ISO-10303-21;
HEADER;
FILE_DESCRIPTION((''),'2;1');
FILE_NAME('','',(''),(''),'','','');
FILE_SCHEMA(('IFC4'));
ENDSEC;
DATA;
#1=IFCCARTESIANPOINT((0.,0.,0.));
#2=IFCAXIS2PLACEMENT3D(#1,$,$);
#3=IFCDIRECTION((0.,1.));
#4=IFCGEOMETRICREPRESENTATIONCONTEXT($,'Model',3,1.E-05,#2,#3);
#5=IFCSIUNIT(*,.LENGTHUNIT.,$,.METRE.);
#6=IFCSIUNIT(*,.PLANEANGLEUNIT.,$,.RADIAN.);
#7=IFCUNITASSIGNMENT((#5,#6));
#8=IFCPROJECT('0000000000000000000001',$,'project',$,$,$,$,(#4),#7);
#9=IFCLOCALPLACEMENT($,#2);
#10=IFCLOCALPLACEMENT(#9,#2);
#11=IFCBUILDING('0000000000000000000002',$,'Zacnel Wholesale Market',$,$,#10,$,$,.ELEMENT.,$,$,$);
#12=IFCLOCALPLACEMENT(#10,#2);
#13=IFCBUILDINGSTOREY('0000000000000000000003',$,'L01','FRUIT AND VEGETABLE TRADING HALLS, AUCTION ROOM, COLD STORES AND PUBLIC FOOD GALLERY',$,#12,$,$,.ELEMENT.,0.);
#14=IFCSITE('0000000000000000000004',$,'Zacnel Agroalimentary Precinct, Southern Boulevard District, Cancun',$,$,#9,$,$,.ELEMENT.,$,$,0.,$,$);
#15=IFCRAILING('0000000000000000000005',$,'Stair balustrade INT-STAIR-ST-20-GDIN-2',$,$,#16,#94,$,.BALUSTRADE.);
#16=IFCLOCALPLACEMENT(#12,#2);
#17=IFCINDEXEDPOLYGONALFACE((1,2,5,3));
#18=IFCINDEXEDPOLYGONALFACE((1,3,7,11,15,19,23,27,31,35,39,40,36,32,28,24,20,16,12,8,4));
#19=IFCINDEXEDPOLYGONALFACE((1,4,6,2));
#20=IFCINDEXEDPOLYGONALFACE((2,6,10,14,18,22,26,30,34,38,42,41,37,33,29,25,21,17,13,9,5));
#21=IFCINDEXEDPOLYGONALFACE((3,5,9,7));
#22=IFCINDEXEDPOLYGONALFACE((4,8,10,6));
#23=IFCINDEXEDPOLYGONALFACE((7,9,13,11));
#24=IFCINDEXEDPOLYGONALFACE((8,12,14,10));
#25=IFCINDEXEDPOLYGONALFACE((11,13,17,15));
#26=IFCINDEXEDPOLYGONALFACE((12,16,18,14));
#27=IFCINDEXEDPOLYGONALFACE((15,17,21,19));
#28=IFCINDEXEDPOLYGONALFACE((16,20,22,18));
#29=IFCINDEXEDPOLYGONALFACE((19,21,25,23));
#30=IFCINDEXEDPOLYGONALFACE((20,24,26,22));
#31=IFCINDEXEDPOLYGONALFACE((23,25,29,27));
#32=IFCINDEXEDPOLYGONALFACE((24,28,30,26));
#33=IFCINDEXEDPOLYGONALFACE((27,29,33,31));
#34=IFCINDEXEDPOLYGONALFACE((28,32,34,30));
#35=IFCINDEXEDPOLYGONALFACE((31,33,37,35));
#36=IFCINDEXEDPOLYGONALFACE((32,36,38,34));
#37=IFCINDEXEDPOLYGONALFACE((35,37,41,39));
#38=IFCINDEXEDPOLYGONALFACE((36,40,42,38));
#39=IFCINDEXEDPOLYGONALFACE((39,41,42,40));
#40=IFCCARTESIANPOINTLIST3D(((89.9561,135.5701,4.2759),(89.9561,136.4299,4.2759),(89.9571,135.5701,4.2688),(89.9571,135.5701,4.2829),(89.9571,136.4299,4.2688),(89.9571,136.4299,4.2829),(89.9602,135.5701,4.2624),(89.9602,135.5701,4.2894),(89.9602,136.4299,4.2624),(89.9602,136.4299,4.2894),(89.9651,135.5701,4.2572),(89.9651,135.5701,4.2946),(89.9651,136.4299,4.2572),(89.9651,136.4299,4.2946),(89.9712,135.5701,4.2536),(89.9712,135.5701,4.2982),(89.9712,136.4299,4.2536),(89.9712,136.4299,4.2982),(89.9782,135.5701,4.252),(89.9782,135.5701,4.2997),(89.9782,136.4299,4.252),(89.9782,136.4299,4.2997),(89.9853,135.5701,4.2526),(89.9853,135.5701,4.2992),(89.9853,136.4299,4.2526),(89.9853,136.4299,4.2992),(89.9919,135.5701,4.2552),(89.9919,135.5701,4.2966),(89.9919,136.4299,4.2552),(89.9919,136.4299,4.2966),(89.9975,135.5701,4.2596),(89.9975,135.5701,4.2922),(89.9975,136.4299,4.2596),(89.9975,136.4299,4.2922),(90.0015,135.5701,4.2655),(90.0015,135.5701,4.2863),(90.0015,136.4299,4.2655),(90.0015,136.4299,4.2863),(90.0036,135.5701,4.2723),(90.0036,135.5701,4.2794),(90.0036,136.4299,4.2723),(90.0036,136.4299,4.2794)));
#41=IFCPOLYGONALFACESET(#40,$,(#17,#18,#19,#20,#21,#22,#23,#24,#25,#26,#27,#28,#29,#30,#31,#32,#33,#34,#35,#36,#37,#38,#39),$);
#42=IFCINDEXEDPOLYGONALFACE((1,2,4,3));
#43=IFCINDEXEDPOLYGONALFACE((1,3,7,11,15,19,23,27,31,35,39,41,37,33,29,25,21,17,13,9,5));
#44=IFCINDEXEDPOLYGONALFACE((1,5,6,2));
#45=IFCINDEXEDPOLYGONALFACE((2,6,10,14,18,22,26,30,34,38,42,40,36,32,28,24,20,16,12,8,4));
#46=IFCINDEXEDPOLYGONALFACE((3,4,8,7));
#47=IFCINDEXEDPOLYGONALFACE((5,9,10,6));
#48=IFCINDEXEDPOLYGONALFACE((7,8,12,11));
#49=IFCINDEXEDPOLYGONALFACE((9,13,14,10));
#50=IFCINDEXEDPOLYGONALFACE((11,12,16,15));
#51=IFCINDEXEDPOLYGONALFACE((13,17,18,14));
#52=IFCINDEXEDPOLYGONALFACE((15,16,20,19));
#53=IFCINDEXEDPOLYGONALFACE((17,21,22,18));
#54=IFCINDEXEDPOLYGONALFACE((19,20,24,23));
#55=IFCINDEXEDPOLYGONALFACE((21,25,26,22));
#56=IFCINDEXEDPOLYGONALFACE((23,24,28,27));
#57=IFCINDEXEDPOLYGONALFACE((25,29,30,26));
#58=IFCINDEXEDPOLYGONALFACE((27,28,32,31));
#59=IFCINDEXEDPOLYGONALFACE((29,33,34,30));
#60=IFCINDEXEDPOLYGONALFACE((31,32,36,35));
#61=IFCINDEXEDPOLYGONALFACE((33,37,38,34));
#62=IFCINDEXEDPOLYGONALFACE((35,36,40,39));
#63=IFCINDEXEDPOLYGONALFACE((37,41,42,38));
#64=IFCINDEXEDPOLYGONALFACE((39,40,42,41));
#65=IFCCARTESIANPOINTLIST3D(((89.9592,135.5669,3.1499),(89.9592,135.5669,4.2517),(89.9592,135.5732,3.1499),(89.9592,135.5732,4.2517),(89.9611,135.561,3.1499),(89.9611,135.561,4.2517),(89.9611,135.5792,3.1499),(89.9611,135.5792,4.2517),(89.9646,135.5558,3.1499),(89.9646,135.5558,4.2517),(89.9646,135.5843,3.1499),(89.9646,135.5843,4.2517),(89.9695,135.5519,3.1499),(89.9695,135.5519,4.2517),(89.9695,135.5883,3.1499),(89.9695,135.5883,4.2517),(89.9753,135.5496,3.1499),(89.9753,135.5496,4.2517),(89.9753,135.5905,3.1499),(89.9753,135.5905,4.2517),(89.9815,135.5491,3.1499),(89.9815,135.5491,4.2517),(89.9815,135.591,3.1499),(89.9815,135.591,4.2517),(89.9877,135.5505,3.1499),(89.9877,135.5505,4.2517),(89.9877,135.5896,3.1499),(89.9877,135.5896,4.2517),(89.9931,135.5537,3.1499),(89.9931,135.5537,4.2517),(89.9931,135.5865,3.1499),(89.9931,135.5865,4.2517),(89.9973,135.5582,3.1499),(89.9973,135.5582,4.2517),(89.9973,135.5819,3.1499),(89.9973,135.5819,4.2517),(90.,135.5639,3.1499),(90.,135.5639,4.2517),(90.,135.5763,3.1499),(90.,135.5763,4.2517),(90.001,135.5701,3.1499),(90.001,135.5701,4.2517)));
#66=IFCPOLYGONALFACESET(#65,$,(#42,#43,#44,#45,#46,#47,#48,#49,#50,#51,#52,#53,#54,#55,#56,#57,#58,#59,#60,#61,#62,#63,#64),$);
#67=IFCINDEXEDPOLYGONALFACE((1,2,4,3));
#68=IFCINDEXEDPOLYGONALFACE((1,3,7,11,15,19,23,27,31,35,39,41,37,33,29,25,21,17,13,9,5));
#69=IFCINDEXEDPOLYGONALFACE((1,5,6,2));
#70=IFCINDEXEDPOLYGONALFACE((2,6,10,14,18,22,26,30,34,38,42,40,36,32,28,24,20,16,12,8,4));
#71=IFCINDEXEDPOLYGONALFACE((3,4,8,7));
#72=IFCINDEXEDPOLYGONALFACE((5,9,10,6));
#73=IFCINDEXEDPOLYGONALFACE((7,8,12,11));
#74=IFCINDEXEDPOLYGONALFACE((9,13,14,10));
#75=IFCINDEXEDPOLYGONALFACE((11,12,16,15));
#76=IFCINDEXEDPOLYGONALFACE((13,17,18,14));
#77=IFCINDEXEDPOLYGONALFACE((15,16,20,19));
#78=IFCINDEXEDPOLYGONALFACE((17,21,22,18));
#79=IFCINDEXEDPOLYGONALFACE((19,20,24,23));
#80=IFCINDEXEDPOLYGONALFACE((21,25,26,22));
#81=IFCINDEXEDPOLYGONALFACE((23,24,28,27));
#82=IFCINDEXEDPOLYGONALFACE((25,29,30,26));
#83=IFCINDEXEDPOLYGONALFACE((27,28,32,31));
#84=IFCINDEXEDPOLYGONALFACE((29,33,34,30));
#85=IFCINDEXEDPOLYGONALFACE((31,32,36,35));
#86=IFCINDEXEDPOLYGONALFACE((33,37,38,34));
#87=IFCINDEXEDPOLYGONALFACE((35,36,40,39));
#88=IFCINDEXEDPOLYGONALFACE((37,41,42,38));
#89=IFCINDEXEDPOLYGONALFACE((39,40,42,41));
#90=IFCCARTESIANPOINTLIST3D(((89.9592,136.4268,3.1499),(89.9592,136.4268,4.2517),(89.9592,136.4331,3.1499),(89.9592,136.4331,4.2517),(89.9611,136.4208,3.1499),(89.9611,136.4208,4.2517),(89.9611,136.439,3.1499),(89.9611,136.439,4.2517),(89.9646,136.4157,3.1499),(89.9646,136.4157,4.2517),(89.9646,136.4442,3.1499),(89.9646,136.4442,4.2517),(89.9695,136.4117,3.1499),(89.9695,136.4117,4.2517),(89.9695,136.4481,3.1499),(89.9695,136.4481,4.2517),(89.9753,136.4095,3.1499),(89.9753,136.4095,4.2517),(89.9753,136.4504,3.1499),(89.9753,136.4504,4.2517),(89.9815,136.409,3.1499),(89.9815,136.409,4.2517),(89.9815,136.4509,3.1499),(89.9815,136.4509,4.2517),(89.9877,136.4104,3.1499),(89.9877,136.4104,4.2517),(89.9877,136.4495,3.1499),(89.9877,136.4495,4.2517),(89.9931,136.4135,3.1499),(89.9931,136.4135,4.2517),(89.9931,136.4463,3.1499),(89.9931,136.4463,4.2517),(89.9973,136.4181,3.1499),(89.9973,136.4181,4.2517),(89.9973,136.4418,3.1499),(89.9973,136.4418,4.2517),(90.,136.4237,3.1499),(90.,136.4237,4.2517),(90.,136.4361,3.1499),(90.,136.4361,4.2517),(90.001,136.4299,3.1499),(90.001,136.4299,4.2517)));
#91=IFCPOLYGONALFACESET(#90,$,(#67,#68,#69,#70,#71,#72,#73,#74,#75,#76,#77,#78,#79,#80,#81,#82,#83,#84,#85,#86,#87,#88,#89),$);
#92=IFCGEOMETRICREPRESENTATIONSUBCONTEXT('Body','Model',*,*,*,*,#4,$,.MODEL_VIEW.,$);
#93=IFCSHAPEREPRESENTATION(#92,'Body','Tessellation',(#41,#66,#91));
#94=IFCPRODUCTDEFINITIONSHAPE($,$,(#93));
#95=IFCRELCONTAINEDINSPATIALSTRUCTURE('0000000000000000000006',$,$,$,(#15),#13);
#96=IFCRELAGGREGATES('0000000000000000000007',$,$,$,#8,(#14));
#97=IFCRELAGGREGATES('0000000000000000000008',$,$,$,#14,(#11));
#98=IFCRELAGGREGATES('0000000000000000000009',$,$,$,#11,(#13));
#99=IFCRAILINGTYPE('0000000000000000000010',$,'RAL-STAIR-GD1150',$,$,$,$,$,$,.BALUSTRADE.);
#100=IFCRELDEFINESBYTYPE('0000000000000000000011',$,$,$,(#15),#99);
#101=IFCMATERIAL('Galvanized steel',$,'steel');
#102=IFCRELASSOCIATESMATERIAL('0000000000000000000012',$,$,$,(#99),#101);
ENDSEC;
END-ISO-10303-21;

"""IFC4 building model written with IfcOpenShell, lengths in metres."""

from ifc_helpers import new_model, si_unit, direction, frame, origin, origin_2d, place, context, subcontext, project, spatial, circle, extrude, material, type_object, element, save


model = new_model("IFC4")

# Units and contexts
model_context = context("Model", 3, precision=1e-05, world=origin(), true_north=direction((0.0, 1.0)))
body_context = subcontext(model_context, "Body", "Model", "MODEL_VIEW")
ifc_project = project(units=[si_unit("LENGTHUNIT", "METRE"), si_unit("PLANEANGLEUNIT", "RADIAN")], contexts=[model_context])

# Site, building, storey
site_placement = place(None, origin())
site = spatial("IfcSite", under=ifc_project, at=site_placement, Name="Zacnel Agroalimentary Precinct, Southern Boulevard District, Cancun", CompositionType="ELEMENT", RefElevation=0.0)
building_placement = place(site_placement, origin())
building = spatial("IfcBuilding", under=site, at=building_placement, Name="Zacnel Wholesale Market", CompositionType="ELEMENT")
storey_placement = place(building_placement, origin())
storey = spatial("IfcBuildingStorey", under=building, at=storey_placement, Name="L01", Description="FRUIT AND VEGETABLE TRADING HALLS, AUCTION ROOM, COLD STORES AND PUBLIC FOOD GALLERY", CompositionType="ELEMENT", Elevation=0.0)

# Railing
ifc_material_1 = material(Name="Galvanized steel", Category="steel")
railing_type_1 = type_object("IfcRailingType", Name="RAL-STAIR-GD1150", PredefinedType="BALUSTRADE", material=ifc_material_1)
railing_1_placement = place(storey_placement, frame((89.98, 135.5701, 3.1499)))
element("IfcRailing", 1, at=railing_1_placement, inside=storey, type_object=railing_type_1, Name="Stair balustrade INT-STAIR-ST-20-GDIN-2", PredefinedType="BALUSTRADE", context=body_context, shape_type="SweptSolid", body=[
    extrude(circle(Radius=0.0239, at=origin_2d()), frame((0.0, 0.0, 1.126), z_axis=(0.0, 1.0, 0.0), x_axis=(-1.0, 0.0, 0.0)), (0.0, 0.0, 1.0), 0.8599),
    extrude(circle(Radius=0.021, at=origin_2d()), origin(), (0.0, 0.0, 1.0), 1.1018),
    extrude(circle(Radius=0.021, at=origin_2d()), frame((0.0, 0.8599, 0.0)), (0.0, 0.0, 1.0), 1.1018),
])

save(model, "model.ifc")
